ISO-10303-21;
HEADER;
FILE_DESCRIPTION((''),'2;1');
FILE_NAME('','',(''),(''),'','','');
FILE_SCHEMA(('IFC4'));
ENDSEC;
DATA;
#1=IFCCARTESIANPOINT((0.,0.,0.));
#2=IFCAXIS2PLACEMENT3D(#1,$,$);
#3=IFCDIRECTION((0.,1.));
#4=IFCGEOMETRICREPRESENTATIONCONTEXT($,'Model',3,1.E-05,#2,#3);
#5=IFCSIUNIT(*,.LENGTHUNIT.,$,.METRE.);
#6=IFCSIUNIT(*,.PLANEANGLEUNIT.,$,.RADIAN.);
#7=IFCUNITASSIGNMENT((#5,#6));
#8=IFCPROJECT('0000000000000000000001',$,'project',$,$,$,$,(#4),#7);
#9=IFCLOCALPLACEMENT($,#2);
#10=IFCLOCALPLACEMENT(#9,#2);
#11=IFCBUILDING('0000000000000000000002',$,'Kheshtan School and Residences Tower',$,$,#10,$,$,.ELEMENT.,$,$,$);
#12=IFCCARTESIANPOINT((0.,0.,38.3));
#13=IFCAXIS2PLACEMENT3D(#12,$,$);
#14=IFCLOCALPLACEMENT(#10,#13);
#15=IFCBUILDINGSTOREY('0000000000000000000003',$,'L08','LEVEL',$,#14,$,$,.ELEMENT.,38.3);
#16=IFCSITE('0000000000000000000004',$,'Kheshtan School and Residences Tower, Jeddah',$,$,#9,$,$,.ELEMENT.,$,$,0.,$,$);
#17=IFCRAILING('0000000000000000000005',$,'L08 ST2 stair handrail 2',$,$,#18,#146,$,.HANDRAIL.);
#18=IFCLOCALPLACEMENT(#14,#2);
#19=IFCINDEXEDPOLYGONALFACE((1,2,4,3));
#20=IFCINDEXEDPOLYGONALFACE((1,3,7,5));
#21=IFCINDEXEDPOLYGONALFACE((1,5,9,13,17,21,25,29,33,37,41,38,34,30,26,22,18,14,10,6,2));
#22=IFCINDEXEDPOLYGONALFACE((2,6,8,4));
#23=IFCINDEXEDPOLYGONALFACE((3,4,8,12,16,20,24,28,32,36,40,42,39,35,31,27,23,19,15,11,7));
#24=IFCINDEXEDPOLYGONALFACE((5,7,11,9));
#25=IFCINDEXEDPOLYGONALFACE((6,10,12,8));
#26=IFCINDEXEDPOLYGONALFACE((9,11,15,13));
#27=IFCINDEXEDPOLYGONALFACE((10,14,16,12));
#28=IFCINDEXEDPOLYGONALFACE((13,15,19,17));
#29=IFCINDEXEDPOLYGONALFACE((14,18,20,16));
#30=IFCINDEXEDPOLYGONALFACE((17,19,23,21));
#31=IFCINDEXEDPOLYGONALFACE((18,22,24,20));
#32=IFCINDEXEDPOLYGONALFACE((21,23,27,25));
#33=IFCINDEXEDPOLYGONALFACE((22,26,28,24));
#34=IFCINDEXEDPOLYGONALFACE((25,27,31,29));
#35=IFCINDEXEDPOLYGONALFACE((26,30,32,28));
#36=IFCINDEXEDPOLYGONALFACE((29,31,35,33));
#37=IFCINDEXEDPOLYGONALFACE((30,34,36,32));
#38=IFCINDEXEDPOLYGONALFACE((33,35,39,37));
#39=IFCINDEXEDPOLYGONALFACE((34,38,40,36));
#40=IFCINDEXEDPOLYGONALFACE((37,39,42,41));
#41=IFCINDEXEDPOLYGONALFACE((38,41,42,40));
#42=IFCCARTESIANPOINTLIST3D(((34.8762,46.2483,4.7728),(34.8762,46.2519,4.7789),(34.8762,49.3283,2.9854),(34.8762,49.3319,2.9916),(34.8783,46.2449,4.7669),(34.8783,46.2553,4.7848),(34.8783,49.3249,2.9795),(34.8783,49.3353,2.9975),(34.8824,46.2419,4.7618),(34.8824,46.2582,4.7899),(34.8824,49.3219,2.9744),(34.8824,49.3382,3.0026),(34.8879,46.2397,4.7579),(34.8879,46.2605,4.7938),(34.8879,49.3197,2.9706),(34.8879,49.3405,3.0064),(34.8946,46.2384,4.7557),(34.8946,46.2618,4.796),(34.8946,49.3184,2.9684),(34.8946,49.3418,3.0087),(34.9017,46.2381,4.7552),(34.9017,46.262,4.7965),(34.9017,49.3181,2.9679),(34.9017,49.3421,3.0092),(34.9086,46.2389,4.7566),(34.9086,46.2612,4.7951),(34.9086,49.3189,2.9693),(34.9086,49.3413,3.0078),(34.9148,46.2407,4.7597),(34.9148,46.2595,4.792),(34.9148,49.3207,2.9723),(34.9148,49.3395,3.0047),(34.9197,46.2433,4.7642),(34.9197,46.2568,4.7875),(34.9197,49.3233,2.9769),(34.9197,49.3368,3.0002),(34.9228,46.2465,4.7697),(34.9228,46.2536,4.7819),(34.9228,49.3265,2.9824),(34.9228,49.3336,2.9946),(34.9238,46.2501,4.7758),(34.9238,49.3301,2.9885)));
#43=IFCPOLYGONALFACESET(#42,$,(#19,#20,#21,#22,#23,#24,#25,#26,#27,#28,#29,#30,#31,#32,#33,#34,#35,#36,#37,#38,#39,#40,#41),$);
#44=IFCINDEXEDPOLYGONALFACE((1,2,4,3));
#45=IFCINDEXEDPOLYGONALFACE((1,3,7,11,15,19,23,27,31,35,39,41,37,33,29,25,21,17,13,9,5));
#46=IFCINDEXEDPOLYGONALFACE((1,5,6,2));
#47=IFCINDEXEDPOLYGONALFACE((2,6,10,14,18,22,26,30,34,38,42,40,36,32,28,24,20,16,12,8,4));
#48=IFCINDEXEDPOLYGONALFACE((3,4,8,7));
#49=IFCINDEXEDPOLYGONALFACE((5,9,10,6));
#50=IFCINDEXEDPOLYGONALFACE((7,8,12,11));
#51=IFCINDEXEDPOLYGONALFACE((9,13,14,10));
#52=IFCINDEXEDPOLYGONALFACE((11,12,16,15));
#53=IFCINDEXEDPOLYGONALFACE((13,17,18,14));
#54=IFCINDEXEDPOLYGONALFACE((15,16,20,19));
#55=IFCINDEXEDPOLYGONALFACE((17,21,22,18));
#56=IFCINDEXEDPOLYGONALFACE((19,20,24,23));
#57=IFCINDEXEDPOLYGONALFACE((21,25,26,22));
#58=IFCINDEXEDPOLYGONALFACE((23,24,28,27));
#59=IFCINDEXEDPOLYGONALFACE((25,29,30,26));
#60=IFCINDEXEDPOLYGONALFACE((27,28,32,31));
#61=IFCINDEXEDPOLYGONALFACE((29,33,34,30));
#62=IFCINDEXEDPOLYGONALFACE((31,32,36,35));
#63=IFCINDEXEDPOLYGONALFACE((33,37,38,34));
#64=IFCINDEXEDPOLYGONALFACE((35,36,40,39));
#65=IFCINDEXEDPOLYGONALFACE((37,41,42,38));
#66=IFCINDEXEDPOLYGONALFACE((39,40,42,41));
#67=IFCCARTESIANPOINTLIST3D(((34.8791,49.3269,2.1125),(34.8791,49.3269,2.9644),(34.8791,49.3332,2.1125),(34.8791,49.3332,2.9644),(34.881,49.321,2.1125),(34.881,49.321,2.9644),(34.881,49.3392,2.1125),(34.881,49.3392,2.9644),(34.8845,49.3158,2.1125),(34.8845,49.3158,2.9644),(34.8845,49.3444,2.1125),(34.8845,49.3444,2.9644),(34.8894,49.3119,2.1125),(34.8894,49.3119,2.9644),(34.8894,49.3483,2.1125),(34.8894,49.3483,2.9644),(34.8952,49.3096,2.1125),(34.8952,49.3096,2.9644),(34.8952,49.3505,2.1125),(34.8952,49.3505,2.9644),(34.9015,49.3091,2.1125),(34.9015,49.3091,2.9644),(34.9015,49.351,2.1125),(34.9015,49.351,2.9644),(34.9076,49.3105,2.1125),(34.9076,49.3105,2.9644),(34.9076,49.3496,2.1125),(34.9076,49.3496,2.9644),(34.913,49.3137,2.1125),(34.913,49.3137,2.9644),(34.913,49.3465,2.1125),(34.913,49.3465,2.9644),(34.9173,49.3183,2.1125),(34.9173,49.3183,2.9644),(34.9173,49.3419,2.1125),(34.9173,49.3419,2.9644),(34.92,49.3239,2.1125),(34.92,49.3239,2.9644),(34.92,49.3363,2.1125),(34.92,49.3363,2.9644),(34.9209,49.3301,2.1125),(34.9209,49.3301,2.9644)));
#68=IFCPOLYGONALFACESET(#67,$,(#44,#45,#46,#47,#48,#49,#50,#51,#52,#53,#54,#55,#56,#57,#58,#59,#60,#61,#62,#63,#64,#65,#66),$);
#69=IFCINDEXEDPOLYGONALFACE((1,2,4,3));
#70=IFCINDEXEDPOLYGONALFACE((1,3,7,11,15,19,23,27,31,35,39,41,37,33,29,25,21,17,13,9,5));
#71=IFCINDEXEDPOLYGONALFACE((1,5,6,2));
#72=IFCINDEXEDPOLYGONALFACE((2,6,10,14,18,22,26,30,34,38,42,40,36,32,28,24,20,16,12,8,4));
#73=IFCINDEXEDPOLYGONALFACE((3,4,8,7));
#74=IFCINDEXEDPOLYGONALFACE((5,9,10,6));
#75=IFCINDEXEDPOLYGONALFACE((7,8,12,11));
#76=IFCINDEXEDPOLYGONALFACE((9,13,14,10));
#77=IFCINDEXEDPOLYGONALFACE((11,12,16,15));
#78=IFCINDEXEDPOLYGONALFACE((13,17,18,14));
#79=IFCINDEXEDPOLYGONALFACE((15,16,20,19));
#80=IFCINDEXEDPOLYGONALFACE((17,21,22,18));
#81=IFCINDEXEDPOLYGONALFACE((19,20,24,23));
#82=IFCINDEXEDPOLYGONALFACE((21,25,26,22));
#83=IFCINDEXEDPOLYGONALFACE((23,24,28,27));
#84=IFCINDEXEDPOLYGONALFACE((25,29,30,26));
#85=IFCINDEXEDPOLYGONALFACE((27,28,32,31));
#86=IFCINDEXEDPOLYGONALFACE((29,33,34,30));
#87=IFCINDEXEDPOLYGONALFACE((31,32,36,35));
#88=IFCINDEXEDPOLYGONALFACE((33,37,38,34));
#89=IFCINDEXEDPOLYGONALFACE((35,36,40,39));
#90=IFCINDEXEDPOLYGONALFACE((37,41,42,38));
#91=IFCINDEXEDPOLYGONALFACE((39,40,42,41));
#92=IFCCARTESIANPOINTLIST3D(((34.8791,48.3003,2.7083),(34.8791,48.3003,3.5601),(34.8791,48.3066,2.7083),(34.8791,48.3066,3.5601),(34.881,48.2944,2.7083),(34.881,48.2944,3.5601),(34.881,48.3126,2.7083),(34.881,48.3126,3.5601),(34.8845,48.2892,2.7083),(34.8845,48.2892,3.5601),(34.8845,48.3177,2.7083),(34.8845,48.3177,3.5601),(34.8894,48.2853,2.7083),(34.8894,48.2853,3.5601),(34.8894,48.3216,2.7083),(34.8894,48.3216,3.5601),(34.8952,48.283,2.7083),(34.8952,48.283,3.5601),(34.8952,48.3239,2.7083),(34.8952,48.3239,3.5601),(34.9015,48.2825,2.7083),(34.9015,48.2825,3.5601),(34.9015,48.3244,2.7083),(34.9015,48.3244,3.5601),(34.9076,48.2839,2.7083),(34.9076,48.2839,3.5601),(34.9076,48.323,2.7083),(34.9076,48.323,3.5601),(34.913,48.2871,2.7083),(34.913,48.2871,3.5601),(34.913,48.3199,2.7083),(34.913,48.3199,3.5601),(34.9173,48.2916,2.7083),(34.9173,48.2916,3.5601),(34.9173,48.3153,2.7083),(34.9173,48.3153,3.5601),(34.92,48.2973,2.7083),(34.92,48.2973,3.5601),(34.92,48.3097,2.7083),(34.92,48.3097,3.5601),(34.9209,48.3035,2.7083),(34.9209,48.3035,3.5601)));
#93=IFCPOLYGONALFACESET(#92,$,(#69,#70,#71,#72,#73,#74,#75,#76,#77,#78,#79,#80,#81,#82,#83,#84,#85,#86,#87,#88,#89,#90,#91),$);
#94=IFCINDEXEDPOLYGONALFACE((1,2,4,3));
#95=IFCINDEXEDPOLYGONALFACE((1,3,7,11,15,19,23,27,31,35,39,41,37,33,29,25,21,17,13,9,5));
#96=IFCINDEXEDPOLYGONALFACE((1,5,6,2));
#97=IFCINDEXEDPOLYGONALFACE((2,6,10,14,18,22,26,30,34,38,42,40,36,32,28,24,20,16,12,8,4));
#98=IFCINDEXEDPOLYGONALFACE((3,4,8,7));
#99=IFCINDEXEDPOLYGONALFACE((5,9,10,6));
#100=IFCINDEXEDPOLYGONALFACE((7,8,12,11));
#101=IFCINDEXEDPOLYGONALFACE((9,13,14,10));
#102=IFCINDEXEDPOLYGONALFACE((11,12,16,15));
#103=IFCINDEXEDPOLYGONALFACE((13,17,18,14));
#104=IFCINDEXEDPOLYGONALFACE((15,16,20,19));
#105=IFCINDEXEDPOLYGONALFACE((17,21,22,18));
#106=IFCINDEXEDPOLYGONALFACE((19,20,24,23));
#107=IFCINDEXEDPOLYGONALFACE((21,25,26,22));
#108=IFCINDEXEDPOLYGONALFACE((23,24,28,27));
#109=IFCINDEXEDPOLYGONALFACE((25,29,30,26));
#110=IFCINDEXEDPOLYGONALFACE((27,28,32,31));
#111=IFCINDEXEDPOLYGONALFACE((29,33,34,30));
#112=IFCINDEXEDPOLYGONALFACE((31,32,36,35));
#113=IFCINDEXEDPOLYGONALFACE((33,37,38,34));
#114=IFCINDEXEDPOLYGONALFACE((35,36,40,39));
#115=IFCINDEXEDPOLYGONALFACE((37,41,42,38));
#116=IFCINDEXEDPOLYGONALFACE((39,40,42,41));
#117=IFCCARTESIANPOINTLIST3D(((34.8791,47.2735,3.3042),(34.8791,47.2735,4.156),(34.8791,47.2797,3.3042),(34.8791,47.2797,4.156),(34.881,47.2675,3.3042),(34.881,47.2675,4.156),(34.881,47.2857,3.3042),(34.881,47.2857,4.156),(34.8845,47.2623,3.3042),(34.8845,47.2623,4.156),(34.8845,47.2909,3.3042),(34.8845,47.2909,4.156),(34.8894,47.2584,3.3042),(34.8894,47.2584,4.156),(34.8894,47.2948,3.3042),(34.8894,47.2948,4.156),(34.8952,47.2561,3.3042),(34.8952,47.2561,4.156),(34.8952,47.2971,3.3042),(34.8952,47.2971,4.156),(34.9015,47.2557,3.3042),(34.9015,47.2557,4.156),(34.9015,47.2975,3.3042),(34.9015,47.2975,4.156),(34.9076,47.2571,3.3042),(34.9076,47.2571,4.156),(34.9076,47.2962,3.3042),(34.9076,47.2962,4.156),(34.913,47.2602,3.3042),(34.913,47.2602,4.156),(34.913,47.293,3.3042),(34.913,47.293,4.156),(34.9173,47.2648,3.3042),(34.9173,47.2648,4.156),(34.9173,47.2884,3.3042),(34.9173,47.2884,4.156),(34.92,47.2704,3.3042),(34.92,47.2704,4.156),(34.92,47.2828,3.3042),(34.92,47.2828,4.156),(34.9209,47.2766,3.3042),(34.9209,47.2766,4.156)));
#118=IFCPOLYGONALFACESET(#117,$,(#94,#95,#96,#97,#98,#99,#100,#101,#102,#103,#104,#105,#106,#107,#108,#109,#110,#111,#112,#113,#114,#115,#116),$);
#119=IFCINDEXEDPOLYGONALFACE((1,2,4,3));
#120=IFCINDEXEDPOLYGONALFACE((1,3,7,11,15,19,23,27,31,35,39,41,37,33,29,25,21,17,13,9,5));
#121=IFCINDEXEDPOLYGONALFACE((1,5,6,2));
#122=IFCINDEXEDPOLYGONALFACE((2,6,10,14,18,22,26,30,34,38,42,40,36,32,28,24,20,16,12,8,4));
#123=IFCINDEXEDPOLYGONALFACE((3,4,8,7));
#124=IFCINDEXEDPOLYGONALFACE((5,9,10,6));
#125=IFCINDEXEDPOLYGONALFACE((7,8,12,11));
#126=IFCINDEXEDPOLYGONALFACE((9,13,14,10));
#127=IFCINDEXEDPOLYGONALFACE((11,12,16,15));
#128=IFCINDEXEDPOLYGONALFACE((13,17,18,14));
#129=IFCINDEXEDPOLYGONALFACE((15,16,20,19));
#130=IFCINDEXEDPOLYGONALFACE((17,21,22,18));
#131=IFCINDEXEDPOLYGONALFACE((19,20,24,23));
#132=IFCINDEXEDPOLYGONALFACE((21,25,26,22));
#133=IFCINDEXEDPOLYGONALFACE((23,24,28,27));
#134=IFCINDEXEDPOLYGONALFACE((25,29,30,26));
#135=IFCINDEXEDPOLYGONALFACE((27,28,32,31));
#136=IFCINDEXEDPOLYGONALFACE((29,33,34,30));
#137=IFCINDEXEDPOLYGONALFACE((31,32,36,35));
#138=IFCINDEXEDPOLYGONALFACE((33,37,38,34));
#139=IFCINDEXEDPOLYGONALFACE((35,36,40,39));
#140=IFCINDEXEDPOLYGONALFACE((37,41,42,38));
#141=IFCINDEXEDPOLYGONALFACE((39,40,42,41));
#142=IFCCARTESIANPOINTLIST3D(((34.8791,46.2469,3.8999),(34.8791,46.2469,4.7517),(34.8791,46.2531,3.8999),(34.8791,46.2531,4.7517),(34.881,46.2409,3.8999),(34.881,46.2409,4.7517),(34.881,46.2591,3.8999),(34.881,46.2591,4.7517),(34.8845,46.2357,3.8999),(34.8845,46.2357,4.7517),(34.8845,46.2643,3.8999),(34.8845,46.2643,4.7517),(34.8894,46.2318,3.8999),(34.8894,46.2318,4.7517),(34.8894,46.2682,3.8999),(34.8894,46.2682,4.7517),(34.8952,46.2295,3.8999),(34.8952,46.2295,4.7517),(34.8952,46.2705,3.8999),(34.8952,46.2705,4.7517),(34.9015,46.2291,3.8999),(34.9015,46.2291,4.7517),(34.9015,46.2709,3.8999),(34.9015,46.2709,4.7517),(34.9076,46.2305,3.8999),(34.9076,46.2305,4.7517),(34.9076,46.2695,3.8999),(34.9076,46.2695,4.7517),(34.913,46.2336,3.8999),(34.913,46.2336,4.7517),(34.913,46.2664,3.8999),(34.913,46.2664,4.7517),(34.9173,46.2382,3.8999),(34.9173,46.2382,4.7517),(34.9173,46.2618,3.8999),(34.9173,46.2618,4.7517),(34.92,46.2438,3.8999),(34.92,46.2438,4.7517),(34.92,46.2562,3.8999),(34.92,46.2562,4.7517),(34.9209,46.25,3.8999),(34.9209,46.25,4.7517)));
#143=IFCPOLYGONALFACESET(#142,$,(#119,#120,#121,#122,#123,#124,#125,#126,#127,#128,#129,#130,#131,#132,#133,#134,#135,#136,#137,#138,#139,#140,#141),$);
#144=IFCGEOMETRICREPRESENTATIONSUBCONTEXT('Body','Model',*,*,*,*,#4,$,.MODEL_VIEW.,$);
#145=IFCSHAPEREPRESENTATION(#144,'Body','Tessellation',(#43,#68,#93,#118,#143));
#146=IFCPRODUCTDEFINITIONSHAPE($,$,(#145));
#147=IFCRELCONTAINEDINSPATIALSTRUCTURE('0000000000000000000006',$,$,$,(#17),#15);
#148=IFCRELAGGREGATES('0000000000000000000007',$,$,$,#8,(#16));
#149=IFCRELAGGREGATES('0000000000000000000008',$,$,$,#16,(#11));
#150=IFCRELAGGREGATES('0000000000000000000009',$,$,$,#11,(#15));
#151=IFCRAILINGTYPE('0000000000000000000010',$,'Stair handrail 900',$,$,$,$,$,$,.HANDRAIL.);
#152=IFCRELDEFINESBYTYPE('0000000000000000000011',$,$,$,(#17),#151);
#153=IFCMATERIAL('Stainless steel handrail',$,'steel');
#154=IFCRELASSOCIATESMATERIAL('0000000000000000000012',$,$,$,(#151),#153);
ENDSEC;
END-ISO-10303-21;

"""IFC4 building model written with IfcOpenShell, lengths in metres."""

from ifc_helpers import new_model, si_unit, direction, frame, origin, origin_2d, place, context, subcontext, project, spatial, circle, extrude, material, type_object, element, save


model = new_model("IFC4")

# Units and contexts
model_context = context("Model", 3, precision=1e-05, world=origin(), true_north=direction((0.0, 1.0)))
body_context = subcontext(model_context, "Body", "Model", "MODEL_VIEW")
ifc_project = project(units=[si_unit("LENGTHUNIT", "METRE"), si_unit("PLANEANGLEUNIT", "RADIAN")], contexts=[model_context])

# Site, building, storey
site_placement = place(None, origin())
site = spatial("IfcSite", under=ifc_project, at=site_placement, Name="Kheshtan School and Residences Tower, Jeddah", CompositionType="ELEMENT", RefElevation=0.0)
building_placement = place(site_placement, origin())
building = spatial("IfcBuilding", under=site, at=building_placement, Name="Kheshtan School and Residences Tower", CompositionType="ELEMENT")
storey_placement = place(building_placement, frame((0.0, 0.0, 38.3)))
storey = spatial("IfcBuildingStorey", under=building, at=storey_placement, Name="L08", Description="LEVEL", CompositionType="ELEMENT", Elevation=38.3)

# Railing
ifc_material_1 = material(Name="Stainless steel handrail", Category="steel")
railing_type_1 = type_object("IfcRailingType", Name="Stair handrail 900", PredefinedType="HANDRAIL", material=ifc_material_1)
railing_1_placement = place(storey_placement, frame((34.8999, 49.3301, 2.1125)))
element("IfcRailing", 1, at=railing_1_placement, inside=storey, type_object=railing_type_1, Name="L08 ST2 stair handrail 2", PredefinedType="HANDRAIL", context=body_context, shape_type="SweptSolid", body=[
    extrude(circle(Radius=0.0239, at=origin_2d()), frame((0.0, 0.0, 0.876), z_axis=(0.0, -0.86492, 0.501909), x_axis=(1.0, 0.0, 0.0)), (0.0, 0.0, 1.0), 3.561),
    extrude(circle(Radius=0.021, at=origin_2d()), origin(), (0.0, 0.0, 1.0), 0.8518),
    extrude(circle(Radius=0.021, at=origin_2d()), frame((0.0, -1.0266, 0.5957)), (0.0, 0.0, 1.0), 0.8518),
    extrude(circle(Radius=0.021, at=origin_2d()), frame((0.0, -2.0535, 1.1917)), (0.0, 0.0, 1.0), 0.8518),
    extrude(circle(Radius=0.021, at=origin_2d()), frame((0.0, -3.0801, 1.7874)), (0.0, 0.0, 1.0), 0.8518),
])

save(model, "model.ifc")
